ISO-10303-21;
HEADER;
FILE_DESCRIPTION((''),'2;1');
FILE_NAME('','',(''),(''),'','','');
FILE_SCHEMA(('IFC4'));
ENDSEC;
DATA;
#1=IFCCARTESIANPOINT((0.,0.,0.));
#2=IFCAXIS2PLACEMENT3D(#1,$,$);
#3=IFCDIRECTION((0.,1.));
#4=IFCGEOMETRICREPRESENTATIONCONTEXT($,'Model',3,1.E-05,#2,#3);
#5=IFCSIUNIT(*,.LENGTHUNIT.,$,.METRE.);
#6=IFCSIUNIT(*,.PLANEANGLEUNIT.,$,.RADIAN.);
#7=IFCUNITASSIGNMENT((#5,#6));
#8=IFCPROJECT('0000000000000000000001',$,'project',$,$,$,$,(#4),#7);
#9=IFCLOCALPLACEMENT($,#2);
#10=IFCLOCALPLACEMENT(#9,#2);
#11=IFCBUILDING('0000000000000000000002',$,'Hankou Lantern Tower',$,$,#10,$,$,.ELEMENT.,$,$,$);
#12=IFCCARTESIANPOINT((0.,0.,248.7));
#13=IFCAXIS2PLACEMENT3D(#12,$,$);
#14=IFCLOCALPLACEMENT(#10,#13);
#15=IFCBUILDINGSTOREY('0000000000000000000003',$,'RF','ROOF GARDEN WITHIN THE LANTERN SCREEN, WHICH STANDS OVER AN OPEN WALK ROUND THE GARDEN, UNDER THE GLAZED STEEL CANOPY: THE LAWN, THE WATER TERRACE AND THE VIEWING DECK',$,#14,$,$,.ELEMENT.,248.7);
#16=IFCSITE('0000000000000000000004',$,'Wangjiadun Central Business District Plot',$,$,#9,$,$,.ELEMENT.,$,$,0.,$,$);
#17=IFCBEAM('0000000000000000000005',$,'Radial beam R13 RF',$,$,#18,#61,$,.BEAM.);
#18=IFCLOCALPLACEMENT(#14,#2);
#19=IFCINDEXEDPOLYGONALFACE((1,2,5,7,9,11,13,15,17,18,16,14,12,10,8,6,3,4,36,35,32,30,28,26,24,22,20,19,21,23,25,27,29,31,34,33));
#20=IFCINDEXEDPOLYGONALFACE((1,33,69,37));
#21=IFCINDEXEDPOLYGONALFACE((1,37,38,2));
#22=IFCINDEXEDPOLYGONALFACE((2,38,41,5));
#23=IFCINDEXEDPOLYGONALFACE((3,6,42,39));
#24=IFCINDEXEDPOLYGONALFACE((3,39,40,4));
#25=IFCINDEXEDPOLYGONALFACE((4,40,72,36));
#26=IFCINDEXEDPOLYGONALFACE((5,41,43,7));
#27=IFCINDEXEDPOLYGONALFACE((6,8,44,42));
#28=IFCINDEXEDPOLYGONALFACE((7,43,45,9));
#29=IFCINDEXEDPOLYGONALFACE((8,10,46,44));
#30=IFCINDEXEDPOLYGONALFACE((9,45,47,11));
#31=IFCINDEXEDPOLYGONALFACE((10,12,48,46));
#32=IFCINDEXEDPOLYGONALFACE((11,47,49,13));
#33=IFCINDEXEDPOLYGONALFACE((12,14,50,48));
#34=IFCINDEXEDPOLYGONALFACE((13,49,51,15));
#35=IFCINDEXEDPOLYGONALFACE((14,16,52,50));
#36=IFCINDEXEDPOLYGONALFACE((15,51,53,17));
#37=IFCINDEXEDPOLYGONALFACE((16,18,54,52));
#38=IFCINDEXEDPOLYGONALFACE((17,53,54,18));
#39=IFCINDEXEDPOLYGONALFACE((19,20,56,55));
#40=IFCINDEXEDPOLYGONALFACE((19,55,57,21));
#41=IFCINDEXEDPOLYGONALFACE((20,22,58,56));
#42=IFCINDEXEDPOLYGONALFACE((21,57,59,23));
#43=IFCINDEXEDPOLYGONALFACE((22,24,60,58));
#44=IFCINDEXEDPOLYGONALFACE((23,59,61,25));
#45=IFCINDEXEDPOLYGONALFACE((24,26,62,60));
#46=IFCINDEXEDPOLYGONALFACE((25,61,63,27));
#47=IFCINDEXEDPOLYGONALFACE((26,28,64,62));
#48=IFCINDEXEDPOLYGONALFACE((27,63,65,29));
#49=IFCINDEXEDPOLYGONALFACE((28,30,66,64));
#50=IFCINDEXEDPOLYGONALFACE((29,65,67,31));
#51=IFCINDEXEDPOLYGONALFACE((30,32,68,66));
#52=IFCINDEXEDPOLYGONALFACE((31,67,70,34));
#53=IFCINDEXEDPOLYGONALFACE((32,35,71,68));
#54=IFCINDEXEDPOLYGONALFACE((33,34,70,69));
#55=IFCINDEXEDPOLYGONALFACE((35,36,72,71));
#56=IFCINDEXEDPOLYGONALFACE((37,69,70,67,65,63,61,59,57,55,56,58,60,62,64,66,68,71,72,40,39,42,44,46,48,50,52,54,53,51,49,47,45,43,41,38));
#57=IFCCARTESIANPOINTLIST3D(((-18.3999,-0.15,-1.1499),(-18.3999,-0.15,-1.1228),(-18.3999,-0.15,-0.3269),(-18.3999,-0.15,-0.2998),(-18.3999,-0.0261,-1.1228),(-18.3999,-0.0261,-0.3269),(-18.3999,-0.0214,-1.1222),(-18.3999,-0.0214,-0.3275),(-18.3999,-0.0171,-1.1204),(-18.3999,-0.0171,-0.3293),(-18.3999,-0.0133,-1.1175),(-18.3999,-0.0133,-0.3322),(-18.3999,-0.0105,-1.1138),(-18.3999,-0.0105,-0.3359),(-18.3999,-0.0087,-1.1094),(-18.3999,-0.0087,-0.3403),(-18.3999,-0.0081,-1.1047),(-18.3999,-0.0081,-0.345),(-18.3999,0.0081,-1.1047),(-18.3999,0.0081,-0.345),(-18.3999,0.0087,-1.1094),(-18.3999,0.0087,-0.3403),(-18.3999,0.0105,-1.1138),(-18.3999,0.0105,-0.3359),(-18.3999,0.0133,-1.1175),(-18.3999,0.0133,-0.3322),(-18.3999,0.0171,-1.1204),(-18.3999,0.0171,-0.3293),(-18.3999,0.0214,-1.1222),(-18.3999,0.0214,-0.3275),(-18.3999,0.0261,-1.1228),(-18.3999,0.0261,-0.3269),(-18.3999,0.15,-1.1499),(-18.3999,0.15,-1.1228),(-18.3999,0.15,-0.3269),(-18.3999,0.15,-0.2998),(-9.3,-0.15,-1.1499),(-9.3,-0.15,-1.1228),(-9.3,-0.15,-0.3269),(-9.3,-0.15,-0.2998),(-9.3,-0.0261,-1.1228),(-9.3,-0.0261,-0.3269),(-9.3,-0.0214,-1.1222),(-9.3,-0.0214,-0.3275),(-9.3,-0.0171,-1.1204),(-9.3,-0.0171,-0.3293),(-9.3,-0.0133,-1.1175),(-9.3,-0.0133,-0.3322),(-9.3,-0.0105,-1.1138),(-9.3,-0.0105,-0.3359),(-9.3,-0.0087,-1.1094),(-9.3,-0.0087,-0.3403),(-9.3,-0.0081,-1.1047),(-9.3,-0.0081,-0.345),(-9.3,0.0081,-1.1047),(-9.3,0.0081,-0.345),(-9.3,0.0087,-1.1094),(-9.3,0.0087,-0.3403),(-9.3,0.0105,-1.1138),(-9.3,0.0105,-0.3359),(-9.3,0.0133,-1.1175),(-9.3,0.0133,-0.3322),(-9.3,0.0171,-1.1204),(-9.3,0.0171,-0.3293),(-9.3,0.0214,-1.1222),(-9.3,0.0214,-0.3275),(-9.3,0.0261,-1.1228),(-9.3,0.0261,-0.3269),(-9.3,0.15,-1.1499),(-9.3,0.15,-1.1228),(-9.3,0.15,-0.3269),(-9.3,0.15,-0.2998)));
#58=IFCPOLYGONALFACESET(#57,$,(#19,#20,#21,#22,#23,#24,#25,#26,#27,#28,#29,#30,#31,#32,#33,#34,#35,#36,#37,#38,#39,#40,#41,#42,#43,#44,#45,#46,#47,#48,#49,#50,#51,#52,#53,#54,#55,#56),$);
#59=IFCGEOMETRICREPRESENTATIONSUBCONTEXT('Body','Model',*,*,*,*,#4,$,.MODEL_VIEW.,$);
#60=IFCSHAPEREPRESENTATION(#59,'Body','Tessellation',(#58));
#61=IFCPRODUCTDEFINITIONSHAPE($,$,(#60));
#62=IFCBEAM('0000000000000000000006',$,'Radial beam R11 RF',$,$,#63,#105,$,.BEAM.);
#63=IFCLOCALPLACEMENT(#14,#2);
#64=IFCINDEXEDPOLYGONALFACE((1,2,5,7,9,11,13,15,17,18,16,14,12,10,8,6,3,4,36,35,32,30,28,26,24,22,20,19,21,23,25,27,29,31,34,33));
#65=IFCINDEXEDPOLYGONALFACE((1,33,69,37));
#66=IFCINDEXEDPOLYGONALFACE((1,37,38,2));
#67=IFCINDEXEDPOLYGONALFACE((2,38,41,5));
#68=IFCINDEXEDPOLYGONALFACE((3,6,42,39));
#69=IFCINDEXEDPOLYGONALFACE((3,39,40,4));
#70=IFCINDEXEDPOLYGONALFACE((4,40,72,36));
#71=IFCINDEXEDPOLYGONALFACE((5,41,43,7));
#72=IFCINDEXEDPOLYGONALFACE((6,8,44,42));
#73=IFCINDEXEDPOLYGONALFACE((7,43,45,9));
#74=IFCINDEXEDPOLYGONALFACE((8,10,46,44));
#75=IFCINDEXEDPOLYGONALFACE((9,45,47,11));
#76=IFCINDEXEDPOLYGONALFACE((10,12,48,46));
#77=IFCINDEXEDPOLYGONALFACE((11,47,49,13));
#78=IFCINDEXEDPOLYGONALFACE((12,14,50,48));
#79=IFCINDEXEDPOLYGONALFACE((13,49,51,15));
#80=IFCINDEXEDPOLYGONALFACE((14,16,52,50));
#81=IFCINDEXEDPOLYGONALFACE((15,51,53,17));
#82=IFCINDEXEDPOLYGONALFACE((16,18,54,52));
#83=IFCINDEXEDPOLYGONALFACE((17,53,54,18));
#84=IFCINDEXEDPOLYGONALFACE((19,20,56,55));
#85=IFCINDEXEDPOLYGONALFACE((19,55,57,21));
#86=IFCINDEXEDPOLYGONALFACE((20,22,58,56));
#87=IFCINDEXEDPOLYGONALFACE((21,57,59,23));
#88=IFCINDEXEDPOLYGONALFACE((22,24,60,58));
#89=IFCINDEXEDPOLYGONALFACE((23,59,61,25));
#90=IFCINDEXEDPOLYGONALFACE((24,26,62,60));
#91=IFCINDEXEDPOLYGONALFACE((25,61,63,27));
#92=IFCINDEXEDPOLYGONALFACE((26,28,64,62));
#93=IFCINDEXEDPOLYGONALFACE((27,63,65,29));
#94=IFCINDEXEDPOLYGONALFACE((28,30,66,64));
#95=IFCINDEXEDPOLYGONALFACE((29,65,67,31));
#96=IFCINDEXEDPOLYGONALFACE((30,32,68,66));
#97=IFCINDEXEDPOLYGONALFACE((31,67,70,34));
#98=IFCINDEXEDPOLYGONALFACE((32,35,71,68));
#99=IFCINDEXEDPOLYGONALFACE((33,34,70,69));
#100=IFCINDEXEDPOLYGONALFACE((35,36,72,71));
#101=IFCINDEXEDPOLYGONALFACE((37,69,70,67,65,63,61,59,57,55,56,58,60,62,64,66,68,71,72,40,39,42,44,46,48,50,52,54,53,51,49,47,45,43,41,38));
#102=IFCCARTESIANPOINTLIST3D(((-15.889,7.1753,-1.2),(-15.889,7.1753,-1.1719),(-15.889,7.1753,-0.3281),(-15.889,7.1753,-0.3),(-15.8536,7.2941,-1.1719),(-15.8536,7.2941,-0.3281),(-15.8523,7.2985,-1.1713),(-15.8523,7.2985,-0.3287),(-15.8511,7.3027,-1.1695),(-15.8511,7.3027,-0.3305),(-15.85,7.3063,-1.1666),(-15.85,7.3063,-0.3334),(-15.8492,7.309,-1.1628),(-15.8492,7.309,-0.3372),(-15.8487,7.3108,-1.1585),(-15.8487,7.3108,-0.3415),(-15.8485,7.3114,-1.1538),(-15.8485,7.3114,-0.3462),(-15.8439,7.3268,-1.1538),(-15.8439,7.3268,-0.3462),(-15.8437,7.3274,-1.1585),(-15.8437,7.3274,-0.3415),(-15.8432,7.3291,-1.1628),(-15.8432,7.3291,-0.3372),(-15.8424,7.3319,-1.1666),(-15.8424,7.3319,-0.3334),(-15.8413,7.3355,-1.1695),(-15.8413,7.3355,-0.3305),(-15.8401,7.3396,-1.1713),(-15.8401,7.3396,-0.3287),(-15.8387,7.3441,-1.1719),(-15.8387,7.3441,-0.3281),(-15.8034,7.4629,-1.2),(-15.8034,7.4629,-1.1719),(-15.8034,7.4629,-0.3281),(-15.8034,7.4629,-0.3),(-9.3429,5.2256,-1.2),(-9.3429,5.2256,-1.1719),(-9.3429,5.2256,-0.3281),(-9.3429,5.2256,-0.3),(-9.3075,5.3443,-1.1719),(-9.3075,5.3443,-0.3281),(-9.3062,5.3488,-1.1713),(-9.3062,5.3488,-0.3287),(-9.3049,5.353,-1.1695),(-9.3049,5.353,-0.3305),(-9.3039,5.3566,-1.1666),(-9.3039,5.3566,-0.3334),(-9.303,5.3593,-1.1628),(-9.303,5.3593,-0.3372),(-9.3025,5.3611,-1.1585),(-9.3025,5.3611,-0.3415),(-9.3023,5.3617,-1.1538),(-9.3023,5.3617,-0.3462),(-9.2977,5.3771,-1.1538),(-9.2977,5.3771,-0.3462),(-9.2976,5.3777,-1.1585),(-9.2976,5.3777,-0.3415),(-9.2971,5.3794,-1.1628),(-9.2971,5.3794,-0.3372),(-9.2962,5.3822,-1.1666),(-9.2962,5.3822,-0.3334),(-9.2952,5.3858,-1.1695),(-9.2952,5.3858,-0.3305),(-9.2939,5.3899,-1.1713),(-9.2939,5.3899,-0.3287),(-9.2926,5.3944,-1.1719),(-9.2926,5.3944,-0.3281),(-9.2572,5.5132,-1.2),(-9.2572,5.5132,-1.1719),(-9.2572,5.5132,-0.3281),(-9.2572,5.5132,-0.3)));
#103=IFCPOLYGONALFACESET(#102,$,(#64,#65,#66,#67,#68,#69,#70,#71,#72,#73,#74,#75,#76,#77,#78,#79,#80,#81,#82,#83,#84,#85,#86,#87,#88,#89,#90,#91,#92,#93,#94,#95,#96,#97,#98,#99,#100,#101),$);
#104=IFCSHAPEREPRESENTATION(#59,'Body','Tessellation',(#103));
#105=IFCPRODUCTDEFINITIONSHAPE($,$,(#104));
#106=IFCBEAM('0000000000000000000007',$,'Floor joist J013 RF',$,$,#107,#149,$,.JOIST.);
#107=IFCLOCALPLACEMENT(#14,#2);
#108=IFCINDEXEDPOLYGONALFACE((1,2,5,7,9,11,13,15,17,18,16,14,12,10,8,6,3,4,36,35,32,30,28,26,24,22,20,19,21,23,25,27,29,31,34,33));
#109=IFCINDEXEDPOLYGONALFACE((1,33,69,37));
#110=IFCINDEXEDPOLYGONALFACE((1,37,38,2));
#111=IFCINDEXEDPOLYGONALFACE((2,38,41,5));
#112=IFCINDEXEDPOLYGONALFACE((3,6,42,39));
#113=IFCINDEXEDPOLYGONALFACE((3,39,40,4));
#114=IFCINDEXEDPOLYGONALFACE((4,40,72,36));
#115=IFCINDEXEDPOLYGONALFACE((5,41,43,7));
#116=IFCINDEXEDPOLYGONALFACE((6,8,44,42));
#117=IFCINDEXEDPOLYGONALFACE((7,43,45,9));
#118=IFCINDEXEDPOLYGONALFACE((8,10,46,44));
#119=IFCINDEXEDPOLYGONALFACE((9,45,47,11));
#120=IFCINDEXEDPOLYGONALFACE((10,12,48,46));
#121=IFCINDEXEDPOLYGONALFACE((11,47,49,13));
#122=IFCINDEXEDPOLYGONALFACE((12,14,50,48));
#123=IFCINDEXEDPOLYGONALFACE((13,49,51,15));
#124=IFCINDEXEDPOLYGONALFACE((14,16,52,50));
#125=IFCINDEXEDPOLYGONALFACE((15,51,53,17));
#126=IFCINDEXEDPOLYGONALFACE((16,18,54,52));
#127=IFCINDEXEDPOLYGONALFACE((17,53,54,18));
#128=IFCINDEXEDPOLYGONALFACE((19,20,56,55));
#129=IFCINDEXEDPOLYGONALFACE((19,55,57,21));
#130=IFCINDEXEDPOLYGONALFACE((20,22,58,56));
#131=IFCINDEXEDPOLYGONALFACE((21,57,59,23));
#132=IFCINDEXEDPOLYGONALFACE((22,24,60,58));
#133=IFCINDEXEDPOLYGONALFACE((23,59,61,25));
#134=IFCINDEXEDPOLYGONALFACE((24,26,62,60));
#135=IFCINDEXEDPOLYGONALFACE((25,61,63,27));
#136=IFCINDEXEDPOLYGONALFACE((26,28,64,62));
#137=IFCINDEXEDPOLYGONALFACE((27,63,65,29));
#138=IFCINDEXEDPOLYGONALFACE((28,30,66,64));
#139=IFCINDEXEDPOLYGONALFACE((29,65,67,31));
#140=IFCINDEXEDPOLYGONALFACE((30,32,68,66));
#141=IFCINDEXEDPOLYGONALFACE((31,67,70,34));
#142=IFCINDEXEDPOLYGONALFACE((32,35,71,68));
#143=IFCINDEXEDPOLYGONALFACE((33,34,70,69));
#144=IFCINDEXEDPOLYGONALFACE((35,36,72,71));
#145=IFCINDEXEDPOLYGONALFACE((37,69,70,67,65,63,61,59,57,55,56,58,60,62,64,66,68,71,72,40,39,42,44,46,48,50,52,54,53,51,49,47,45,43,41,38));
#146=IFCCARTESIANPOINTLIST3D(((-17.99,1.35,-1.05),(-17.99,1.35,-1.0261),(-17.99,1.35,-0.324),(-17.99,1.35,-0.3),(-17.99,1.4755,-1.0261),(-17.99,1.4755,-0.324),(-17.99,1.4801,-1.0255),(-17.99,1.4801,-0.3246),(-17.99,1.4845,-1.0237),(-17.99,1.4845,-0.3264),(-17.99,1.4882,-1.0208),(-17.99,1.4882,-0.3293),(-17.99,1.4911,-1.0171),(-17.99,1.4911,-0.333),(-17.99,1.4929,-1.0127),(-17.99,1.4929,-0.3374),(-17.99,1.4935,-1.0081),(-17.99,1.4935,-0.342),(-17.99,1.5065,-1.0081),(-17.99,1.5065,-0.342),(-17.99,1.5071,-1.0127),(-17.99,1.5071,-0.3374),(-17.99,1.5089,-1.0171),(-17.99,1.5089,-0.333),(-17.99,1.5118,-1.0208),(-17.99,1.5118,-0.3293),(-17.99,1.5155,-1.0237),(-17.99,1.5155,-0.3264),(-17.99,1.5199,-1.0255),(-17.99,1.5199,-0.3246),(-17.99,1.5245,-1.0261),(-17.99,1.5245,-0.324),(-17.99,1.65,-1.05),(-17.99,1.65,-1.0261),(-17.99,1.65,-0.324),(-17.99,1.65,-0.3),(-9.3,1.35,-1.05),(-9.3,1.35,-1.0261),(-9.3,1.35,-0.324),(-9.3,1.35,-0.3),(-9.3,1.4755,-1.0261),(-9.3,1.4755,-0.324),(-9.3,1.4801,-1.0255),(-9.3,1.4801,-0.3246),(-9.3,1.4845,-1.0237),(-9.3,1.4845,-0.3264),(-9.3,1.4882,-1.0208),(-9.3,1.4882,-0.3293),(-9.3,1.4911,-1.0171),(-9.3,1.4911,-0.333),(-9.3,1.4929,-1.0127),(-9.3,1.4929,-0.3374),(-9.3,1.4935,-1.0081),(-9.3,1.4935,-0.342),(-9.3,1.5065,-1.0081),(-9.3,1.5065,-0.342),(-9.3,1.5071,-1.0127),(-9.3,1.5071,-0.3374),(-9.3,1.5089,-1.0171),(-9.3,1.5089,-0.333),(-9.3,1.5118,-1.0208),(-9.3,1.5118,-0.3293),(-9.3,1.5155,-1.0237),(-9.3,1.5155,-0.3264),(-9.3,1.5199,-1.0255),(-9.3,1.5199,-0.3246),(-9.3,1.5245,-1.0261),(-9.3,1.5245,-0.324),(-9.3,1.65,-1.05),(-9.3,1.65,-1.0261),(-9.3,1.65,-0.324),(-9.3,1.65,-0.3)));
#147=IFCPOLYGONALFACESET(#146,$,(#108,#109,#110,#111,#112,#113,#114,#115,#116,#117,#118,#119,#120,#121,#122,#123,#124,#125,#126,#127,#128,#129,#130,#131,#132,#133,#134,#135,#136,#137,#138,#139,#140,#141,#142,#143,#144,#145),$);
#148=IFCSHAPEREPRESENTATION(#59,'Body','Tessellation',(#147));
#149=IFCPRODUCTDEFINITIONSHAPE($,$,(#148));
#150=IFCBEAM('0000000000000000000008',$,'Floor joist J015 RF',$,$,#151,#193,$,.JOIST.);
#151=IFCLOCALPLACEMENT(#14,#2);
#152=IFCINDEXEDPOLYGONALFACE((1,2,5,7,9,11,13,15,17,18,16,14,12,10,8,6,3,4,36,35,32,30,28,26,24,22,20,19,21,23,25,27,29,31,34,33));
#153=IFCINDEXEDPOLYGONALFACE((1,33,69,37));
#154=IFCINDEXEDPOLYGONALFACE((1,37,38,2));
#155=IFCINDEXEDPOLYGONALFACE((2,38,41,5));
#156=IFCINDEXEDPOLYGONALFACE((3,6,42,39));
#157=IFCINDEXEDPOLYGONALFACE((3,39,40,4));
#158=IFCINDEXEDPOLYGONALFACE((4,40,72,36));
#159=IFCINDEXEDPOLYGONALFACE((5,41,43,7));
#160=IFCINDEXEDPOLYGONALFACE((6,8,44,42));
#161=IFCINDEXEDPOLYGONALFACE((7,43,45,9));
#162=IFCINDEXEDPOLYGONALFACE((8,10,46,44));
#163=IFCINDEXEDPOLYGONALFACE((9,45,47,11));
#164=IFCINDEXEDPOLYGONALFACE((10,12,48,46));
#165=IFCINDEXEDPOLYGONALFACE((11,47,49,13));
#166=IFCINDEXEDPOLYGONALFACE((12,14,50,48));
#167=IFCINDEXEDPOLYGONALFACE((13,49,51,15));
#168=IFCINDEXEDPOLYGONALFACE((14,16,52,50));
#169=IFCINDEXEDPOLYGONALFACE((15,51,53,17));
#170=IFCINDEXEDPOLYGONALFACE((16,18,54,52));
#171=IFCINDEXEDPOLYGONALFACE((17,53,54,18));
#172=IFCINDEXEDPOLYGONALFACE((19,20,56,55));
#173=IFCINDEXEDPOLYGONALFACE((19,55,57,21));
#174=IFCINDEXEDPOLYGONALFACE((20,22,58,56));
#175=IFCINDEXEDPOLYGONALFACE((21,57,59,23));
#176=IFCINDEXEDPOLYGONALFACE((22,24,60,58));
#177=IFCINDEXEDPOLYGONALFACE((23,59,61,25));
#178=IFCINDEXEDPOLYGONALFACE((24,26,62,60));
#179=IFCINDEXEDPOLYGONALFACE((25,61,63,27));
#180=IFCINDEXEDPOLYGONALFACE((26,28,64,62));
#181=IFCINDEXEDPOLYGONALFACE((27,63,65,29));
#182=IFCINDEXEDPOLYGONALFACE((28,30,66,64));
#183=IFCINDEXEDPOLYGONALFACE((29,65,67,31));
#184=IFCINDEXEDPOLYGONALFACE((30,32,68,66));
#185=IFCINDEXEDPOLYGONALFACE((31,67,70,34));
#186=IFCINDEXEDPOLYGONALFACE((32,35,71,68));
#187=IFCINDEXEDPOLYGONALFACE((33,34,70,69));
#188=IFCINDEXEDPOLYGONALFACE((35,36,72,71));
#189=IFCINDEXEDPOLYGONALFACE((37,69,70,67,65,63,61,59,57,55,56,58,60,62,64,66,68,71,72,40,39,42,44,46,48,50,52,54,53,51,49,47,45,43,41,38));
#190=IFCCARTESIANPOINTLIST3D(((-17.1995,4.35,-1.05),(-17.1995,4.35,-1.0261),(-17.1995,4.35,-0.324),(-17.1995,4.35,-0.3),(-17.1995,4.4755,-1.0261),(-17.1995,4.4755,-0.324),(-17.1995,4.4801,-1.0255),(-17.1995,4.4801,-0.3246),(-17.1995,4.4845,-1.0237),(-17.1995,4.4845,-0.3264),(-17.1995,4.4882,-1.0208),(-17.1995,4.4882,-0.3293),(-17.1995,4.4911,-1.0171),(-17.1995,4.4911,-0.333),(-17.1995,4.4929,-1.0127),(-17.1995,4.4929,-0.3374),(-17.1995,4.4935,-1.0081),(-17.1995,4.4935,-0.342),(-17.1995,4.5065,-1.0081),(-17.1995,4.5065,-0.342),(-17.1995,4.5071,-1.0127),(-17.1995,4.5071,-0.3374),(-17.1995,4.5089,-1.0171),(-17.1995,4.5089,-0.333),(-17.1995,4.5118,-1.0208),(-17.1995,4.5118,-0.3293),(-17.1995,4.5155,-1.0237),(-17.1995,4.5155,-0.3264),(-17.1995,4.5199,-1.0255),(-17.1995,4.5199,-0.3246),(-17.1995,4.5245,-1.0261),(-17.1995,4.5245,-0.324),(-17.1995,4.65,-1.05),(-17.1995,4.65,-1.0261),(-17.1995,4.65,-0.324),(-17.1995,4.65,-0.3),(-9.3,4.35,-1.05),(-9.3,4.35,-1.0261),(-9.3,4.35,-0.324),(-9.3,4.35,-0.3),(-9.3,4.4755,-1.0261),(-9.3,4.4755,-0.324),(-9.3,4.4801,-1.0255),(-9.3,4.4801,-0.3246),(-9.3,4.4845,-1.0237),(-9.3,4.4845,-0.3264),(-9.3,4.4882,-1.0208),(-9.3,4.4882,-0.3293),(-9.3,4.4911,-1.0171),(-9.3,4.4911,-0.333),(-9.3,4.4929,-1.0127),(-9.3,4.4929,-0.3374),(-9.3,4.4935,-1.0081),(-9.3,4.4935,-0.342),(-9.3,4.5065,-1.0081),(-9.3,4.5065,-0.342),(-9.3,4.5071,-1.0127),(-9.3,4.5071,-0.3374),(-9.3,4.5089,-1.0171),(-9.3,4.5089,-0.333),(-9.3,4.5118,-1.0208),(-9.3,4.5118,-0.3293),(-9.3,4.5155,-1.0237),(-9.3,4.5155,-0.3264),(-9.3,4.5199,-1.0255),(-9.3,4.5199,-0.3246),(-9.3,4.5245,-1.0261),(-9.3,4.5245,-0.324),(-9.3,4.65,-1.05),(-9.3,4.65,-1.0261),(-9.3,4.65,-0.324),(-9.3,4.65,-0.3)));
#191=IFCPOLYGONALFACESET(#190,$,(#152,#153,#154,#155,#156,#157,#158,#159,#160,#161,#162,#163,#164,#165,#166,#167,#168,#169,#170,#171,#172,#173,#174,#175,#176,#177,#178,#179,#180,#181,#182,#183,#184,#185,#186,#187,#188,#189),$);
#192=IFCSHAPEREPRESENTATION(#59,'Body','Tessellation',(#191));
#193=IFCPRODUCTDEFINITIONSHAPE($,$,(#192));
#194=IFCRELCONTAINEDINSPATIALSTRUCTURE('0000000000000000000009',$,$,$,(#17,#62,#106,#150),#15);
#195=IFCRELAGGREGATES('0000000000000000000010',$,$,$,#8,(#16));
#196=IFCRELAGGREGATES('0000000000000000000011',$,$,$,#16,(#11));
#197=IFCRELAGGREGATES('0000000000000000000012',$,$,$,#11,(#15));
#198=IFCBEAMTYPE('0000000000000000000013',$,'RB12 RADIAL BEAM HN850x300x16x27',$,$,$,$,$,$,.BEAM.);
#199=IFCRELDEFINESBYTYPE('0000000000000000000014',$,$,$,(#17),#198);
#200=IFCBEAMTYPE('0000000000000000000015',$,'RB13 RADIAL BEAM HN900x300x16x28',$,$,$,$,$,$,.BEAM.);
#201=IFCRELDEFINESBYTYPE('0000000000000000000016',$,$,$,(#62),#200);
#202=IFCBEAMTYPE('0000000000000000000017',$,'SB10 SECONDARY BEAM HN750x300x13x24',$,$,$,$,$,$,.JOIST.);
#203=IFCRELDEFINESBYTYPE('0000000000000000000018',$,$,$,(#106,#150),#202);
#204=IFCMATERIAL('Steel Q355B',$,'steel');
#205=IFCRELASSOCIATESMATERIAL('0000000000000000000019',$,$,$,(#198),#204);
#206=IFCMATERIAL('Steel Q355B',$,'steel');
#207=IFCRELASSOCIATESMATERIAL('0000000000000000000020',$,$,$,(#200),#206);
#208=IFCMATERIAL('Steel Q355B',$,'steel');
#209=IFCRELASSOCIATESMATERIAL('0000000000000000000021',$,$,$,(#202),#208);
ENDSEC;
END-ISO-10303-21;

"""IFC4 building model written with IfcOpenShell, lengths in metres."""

from ifc_helpers import new_model, si_unit, direction, frame, origin, origin_2d, place, context, subcontext, project, spatial, i_section, extrude, material, material_profile, profile_set, type_object, element, save


model = new_model("IFC4")

# Units and contexts
model_context = context("Model", 3, precision=1e-05, world=origin(), true_north=direction((0.0, 1.0)))
body_context = subcontext(model_context, "Body", "Model", "MODEL_VIEW")
ifc_project = project(units=[si_unit("LENGTHUNIT", "METRE"), si_unit("PLANEANGLEUNIT", "RADIAN")], contexts=[model_context])

# Site, building, storey
site_placement = place(None, origin())
site = spatial("IfcSite", under=ifc_project, at=site_placement, Name="Wangjiadun Central Business District Plot", CompositionType="ELEMENT", RefElevation=0.0)
building_placement = place(site_placement, origin())
building = spatial("IfcBuilding", under=site, at=building_placement, Name="Hankou Lantern Tower", CompositionType="ELEMENT")
storey_placement = place(building_placement, frame((0.0, 0.0, 248.7)))
storey = spatial("IfcBuildingStorey", under=building, at=storey_placement, Name="RF", Description="ROOF GARDEN WITHIN THE LANTERN SCREEN, WHICH STANDS OVER AN OPEN WALK ROUND THE GARDEN, UNDER THE GLAZED STEEL CANOPY: THE LAWN, THE WATER TERRACE AND THE VIEWING DECK", CompositionType="ELEMENT", Elevation=248.7)

# Beams
ifc_material_1 = material(Name="Steel Q355B", Category="steel")
ifc_material_profile_1 = material_profile(ifc_material_1, i_section(OverallWidth=0.3, OverallDepth=0.8501, WebThickness=0.0161, FlangeThickness=0.0271, FilletRadius=0.0181, at=origin_2d()), Name="HN850x300x16x27")
ifc_profile_set_1 = profile_set([ifc_material_profile_1], Name="Steel Q355B")
beam_type_1 = type_object("IfcBeamType", Name="RB12 RADIAL BEAM HN850x300x16x27", PredefinedType="BEAM", material=ifc_profile_set_1)
beam_1_placement = place(storey_placement, frame((-9.3, 0.0, -0.7249), z_axis=(-1.0, 0.0, 0.0), x_axis=(0.0, -1.0, 0.0)))
element("IfcBeam", 1, at=beam_1_placement, inside=storey, type_object=beam_type_1, Name="Radial beam R13 RF", PredefinedType="BEAM", context=body_context, shape_type="SweptSolid", body=[
    extrude(i_section(OverallWidth=0.3, OverallDepth=0.8501, WebThickness=0.0161, FlangeThickness=0.0271, FilletRadius=0.0181, at=origin_2d()), origin(), (0.0, 0.0, 1.0), 9.0999),
])
ifc_material_2 = material(Name="Steel Q355B", Category="steel")
ifc_material_profile_2 = material_profile(ifc_material_2, i_section(OverallWidth=0.3, OverallDepth=0.8999, WebThickness=0.0161, FlangeThickness=0.0281, FilletRadius=0.0181, at=origin_2d()), Name="HN900x300x16x28")
ifc_profile_set_2 = profile_set([ifc_material_profile_2], Name="Steel Q355B")
beam_type_2 = type_object("IfcBeamType", Name="RB13 RADIAL BEAM HN900x300x16x28", PredefinedType="BEAM", material=ifc_profile_set_2)
beam_2_placement = place(storey_placement, frame((-9.3, 5.3694, -0.75), z_axis=(-0.958394, 0.285449, 0.0), x_axis=(-0.285449, -0.958394, 0.0)))
element("IfcBeam", 2, at=beam_2_placement, inside=storey, type_object=beam_type_2, Name="Radial beam R11 RF", PredefinedType="BEAM", context=body_context, shape_type="SweptSolid", body=[
    extrude(i_section(OverallWidth=0.3, OverallDepth=0.8999, WebThickness=0.0161, FlangeThickness=0.0281, FilletRadius=0.0181, at=origin_2d()), origin(), (0.0, 0.0, 1.0), 6.8303),
])
ifc_material_3 = material(Name="Steel Q355B", Category="steel")
ifc_material_profile_3 = material_profile(ifc_material_3, i_section(OverallWidth=0.3, OverallDepth=0.75, WebThickness=0.0129, FlangeThickness=0.0239, FilletRadius=0.0181, at=origin_2d()), Name="HN750x300x13x24")
ifc_profile_set_3 = profile_set([ifc_material_profile_3], Name="Steel Q355B")
beam_type_3 = type_object("IfcBeamType", Name="SB10 SECONDARY BEAM HN750x300x13x24", PredefinedType="JOIST", material=ifc_profile_set_3)
beam_3_placement = place(storey_placement, frame((-17.99, 1.5, -0.675), z_axis=(1.0, 0.0, 0.0), x_axis=(0.0, 1.0, 0.0)))
element("IfcBeam", 3, at=beam_3_placement, inside=storey, type_object=beam_type_3, Name="Floor joist J013 RF", PredefinedType="JOIST", context=body_context, shape_type="SweptSolid", body=[
    extrude(i_section(OverallWidth=0.3, OverallDepth=0.75, WebThickness=0.0129, FlangeThickness=0.0239, FilletRadius=0.0181, at=origin_2d()), origin(), (0.0, 0.0, 1.0), 8.6899),
])
beam_4_placement = place(storey_placement, frame((-17.1995, 4.5, -0.675), z_axis=(1.0, 0.0, 0.0), x_axis=(0.0, 1.0, 0.0)))
element("IfcBeam", 4, at=beam_4_placement, inside=storey, type_object=beam_type_3, Name="Floor joist J015 RF", PredefinedType="JOIST", context=body_context, shape_type="SweptSolid", body=[
    extrude(i_section(OverallWidth=0.3, OverallDepth=0.75, WebThickness=0.0129, FlangeThickness=0.0239, FilletRadius=0.0181, at=origin_2d()), origin(), (0.0, 0.0, 1.0), 7.8994),
])

save(model, "model.ifc")
